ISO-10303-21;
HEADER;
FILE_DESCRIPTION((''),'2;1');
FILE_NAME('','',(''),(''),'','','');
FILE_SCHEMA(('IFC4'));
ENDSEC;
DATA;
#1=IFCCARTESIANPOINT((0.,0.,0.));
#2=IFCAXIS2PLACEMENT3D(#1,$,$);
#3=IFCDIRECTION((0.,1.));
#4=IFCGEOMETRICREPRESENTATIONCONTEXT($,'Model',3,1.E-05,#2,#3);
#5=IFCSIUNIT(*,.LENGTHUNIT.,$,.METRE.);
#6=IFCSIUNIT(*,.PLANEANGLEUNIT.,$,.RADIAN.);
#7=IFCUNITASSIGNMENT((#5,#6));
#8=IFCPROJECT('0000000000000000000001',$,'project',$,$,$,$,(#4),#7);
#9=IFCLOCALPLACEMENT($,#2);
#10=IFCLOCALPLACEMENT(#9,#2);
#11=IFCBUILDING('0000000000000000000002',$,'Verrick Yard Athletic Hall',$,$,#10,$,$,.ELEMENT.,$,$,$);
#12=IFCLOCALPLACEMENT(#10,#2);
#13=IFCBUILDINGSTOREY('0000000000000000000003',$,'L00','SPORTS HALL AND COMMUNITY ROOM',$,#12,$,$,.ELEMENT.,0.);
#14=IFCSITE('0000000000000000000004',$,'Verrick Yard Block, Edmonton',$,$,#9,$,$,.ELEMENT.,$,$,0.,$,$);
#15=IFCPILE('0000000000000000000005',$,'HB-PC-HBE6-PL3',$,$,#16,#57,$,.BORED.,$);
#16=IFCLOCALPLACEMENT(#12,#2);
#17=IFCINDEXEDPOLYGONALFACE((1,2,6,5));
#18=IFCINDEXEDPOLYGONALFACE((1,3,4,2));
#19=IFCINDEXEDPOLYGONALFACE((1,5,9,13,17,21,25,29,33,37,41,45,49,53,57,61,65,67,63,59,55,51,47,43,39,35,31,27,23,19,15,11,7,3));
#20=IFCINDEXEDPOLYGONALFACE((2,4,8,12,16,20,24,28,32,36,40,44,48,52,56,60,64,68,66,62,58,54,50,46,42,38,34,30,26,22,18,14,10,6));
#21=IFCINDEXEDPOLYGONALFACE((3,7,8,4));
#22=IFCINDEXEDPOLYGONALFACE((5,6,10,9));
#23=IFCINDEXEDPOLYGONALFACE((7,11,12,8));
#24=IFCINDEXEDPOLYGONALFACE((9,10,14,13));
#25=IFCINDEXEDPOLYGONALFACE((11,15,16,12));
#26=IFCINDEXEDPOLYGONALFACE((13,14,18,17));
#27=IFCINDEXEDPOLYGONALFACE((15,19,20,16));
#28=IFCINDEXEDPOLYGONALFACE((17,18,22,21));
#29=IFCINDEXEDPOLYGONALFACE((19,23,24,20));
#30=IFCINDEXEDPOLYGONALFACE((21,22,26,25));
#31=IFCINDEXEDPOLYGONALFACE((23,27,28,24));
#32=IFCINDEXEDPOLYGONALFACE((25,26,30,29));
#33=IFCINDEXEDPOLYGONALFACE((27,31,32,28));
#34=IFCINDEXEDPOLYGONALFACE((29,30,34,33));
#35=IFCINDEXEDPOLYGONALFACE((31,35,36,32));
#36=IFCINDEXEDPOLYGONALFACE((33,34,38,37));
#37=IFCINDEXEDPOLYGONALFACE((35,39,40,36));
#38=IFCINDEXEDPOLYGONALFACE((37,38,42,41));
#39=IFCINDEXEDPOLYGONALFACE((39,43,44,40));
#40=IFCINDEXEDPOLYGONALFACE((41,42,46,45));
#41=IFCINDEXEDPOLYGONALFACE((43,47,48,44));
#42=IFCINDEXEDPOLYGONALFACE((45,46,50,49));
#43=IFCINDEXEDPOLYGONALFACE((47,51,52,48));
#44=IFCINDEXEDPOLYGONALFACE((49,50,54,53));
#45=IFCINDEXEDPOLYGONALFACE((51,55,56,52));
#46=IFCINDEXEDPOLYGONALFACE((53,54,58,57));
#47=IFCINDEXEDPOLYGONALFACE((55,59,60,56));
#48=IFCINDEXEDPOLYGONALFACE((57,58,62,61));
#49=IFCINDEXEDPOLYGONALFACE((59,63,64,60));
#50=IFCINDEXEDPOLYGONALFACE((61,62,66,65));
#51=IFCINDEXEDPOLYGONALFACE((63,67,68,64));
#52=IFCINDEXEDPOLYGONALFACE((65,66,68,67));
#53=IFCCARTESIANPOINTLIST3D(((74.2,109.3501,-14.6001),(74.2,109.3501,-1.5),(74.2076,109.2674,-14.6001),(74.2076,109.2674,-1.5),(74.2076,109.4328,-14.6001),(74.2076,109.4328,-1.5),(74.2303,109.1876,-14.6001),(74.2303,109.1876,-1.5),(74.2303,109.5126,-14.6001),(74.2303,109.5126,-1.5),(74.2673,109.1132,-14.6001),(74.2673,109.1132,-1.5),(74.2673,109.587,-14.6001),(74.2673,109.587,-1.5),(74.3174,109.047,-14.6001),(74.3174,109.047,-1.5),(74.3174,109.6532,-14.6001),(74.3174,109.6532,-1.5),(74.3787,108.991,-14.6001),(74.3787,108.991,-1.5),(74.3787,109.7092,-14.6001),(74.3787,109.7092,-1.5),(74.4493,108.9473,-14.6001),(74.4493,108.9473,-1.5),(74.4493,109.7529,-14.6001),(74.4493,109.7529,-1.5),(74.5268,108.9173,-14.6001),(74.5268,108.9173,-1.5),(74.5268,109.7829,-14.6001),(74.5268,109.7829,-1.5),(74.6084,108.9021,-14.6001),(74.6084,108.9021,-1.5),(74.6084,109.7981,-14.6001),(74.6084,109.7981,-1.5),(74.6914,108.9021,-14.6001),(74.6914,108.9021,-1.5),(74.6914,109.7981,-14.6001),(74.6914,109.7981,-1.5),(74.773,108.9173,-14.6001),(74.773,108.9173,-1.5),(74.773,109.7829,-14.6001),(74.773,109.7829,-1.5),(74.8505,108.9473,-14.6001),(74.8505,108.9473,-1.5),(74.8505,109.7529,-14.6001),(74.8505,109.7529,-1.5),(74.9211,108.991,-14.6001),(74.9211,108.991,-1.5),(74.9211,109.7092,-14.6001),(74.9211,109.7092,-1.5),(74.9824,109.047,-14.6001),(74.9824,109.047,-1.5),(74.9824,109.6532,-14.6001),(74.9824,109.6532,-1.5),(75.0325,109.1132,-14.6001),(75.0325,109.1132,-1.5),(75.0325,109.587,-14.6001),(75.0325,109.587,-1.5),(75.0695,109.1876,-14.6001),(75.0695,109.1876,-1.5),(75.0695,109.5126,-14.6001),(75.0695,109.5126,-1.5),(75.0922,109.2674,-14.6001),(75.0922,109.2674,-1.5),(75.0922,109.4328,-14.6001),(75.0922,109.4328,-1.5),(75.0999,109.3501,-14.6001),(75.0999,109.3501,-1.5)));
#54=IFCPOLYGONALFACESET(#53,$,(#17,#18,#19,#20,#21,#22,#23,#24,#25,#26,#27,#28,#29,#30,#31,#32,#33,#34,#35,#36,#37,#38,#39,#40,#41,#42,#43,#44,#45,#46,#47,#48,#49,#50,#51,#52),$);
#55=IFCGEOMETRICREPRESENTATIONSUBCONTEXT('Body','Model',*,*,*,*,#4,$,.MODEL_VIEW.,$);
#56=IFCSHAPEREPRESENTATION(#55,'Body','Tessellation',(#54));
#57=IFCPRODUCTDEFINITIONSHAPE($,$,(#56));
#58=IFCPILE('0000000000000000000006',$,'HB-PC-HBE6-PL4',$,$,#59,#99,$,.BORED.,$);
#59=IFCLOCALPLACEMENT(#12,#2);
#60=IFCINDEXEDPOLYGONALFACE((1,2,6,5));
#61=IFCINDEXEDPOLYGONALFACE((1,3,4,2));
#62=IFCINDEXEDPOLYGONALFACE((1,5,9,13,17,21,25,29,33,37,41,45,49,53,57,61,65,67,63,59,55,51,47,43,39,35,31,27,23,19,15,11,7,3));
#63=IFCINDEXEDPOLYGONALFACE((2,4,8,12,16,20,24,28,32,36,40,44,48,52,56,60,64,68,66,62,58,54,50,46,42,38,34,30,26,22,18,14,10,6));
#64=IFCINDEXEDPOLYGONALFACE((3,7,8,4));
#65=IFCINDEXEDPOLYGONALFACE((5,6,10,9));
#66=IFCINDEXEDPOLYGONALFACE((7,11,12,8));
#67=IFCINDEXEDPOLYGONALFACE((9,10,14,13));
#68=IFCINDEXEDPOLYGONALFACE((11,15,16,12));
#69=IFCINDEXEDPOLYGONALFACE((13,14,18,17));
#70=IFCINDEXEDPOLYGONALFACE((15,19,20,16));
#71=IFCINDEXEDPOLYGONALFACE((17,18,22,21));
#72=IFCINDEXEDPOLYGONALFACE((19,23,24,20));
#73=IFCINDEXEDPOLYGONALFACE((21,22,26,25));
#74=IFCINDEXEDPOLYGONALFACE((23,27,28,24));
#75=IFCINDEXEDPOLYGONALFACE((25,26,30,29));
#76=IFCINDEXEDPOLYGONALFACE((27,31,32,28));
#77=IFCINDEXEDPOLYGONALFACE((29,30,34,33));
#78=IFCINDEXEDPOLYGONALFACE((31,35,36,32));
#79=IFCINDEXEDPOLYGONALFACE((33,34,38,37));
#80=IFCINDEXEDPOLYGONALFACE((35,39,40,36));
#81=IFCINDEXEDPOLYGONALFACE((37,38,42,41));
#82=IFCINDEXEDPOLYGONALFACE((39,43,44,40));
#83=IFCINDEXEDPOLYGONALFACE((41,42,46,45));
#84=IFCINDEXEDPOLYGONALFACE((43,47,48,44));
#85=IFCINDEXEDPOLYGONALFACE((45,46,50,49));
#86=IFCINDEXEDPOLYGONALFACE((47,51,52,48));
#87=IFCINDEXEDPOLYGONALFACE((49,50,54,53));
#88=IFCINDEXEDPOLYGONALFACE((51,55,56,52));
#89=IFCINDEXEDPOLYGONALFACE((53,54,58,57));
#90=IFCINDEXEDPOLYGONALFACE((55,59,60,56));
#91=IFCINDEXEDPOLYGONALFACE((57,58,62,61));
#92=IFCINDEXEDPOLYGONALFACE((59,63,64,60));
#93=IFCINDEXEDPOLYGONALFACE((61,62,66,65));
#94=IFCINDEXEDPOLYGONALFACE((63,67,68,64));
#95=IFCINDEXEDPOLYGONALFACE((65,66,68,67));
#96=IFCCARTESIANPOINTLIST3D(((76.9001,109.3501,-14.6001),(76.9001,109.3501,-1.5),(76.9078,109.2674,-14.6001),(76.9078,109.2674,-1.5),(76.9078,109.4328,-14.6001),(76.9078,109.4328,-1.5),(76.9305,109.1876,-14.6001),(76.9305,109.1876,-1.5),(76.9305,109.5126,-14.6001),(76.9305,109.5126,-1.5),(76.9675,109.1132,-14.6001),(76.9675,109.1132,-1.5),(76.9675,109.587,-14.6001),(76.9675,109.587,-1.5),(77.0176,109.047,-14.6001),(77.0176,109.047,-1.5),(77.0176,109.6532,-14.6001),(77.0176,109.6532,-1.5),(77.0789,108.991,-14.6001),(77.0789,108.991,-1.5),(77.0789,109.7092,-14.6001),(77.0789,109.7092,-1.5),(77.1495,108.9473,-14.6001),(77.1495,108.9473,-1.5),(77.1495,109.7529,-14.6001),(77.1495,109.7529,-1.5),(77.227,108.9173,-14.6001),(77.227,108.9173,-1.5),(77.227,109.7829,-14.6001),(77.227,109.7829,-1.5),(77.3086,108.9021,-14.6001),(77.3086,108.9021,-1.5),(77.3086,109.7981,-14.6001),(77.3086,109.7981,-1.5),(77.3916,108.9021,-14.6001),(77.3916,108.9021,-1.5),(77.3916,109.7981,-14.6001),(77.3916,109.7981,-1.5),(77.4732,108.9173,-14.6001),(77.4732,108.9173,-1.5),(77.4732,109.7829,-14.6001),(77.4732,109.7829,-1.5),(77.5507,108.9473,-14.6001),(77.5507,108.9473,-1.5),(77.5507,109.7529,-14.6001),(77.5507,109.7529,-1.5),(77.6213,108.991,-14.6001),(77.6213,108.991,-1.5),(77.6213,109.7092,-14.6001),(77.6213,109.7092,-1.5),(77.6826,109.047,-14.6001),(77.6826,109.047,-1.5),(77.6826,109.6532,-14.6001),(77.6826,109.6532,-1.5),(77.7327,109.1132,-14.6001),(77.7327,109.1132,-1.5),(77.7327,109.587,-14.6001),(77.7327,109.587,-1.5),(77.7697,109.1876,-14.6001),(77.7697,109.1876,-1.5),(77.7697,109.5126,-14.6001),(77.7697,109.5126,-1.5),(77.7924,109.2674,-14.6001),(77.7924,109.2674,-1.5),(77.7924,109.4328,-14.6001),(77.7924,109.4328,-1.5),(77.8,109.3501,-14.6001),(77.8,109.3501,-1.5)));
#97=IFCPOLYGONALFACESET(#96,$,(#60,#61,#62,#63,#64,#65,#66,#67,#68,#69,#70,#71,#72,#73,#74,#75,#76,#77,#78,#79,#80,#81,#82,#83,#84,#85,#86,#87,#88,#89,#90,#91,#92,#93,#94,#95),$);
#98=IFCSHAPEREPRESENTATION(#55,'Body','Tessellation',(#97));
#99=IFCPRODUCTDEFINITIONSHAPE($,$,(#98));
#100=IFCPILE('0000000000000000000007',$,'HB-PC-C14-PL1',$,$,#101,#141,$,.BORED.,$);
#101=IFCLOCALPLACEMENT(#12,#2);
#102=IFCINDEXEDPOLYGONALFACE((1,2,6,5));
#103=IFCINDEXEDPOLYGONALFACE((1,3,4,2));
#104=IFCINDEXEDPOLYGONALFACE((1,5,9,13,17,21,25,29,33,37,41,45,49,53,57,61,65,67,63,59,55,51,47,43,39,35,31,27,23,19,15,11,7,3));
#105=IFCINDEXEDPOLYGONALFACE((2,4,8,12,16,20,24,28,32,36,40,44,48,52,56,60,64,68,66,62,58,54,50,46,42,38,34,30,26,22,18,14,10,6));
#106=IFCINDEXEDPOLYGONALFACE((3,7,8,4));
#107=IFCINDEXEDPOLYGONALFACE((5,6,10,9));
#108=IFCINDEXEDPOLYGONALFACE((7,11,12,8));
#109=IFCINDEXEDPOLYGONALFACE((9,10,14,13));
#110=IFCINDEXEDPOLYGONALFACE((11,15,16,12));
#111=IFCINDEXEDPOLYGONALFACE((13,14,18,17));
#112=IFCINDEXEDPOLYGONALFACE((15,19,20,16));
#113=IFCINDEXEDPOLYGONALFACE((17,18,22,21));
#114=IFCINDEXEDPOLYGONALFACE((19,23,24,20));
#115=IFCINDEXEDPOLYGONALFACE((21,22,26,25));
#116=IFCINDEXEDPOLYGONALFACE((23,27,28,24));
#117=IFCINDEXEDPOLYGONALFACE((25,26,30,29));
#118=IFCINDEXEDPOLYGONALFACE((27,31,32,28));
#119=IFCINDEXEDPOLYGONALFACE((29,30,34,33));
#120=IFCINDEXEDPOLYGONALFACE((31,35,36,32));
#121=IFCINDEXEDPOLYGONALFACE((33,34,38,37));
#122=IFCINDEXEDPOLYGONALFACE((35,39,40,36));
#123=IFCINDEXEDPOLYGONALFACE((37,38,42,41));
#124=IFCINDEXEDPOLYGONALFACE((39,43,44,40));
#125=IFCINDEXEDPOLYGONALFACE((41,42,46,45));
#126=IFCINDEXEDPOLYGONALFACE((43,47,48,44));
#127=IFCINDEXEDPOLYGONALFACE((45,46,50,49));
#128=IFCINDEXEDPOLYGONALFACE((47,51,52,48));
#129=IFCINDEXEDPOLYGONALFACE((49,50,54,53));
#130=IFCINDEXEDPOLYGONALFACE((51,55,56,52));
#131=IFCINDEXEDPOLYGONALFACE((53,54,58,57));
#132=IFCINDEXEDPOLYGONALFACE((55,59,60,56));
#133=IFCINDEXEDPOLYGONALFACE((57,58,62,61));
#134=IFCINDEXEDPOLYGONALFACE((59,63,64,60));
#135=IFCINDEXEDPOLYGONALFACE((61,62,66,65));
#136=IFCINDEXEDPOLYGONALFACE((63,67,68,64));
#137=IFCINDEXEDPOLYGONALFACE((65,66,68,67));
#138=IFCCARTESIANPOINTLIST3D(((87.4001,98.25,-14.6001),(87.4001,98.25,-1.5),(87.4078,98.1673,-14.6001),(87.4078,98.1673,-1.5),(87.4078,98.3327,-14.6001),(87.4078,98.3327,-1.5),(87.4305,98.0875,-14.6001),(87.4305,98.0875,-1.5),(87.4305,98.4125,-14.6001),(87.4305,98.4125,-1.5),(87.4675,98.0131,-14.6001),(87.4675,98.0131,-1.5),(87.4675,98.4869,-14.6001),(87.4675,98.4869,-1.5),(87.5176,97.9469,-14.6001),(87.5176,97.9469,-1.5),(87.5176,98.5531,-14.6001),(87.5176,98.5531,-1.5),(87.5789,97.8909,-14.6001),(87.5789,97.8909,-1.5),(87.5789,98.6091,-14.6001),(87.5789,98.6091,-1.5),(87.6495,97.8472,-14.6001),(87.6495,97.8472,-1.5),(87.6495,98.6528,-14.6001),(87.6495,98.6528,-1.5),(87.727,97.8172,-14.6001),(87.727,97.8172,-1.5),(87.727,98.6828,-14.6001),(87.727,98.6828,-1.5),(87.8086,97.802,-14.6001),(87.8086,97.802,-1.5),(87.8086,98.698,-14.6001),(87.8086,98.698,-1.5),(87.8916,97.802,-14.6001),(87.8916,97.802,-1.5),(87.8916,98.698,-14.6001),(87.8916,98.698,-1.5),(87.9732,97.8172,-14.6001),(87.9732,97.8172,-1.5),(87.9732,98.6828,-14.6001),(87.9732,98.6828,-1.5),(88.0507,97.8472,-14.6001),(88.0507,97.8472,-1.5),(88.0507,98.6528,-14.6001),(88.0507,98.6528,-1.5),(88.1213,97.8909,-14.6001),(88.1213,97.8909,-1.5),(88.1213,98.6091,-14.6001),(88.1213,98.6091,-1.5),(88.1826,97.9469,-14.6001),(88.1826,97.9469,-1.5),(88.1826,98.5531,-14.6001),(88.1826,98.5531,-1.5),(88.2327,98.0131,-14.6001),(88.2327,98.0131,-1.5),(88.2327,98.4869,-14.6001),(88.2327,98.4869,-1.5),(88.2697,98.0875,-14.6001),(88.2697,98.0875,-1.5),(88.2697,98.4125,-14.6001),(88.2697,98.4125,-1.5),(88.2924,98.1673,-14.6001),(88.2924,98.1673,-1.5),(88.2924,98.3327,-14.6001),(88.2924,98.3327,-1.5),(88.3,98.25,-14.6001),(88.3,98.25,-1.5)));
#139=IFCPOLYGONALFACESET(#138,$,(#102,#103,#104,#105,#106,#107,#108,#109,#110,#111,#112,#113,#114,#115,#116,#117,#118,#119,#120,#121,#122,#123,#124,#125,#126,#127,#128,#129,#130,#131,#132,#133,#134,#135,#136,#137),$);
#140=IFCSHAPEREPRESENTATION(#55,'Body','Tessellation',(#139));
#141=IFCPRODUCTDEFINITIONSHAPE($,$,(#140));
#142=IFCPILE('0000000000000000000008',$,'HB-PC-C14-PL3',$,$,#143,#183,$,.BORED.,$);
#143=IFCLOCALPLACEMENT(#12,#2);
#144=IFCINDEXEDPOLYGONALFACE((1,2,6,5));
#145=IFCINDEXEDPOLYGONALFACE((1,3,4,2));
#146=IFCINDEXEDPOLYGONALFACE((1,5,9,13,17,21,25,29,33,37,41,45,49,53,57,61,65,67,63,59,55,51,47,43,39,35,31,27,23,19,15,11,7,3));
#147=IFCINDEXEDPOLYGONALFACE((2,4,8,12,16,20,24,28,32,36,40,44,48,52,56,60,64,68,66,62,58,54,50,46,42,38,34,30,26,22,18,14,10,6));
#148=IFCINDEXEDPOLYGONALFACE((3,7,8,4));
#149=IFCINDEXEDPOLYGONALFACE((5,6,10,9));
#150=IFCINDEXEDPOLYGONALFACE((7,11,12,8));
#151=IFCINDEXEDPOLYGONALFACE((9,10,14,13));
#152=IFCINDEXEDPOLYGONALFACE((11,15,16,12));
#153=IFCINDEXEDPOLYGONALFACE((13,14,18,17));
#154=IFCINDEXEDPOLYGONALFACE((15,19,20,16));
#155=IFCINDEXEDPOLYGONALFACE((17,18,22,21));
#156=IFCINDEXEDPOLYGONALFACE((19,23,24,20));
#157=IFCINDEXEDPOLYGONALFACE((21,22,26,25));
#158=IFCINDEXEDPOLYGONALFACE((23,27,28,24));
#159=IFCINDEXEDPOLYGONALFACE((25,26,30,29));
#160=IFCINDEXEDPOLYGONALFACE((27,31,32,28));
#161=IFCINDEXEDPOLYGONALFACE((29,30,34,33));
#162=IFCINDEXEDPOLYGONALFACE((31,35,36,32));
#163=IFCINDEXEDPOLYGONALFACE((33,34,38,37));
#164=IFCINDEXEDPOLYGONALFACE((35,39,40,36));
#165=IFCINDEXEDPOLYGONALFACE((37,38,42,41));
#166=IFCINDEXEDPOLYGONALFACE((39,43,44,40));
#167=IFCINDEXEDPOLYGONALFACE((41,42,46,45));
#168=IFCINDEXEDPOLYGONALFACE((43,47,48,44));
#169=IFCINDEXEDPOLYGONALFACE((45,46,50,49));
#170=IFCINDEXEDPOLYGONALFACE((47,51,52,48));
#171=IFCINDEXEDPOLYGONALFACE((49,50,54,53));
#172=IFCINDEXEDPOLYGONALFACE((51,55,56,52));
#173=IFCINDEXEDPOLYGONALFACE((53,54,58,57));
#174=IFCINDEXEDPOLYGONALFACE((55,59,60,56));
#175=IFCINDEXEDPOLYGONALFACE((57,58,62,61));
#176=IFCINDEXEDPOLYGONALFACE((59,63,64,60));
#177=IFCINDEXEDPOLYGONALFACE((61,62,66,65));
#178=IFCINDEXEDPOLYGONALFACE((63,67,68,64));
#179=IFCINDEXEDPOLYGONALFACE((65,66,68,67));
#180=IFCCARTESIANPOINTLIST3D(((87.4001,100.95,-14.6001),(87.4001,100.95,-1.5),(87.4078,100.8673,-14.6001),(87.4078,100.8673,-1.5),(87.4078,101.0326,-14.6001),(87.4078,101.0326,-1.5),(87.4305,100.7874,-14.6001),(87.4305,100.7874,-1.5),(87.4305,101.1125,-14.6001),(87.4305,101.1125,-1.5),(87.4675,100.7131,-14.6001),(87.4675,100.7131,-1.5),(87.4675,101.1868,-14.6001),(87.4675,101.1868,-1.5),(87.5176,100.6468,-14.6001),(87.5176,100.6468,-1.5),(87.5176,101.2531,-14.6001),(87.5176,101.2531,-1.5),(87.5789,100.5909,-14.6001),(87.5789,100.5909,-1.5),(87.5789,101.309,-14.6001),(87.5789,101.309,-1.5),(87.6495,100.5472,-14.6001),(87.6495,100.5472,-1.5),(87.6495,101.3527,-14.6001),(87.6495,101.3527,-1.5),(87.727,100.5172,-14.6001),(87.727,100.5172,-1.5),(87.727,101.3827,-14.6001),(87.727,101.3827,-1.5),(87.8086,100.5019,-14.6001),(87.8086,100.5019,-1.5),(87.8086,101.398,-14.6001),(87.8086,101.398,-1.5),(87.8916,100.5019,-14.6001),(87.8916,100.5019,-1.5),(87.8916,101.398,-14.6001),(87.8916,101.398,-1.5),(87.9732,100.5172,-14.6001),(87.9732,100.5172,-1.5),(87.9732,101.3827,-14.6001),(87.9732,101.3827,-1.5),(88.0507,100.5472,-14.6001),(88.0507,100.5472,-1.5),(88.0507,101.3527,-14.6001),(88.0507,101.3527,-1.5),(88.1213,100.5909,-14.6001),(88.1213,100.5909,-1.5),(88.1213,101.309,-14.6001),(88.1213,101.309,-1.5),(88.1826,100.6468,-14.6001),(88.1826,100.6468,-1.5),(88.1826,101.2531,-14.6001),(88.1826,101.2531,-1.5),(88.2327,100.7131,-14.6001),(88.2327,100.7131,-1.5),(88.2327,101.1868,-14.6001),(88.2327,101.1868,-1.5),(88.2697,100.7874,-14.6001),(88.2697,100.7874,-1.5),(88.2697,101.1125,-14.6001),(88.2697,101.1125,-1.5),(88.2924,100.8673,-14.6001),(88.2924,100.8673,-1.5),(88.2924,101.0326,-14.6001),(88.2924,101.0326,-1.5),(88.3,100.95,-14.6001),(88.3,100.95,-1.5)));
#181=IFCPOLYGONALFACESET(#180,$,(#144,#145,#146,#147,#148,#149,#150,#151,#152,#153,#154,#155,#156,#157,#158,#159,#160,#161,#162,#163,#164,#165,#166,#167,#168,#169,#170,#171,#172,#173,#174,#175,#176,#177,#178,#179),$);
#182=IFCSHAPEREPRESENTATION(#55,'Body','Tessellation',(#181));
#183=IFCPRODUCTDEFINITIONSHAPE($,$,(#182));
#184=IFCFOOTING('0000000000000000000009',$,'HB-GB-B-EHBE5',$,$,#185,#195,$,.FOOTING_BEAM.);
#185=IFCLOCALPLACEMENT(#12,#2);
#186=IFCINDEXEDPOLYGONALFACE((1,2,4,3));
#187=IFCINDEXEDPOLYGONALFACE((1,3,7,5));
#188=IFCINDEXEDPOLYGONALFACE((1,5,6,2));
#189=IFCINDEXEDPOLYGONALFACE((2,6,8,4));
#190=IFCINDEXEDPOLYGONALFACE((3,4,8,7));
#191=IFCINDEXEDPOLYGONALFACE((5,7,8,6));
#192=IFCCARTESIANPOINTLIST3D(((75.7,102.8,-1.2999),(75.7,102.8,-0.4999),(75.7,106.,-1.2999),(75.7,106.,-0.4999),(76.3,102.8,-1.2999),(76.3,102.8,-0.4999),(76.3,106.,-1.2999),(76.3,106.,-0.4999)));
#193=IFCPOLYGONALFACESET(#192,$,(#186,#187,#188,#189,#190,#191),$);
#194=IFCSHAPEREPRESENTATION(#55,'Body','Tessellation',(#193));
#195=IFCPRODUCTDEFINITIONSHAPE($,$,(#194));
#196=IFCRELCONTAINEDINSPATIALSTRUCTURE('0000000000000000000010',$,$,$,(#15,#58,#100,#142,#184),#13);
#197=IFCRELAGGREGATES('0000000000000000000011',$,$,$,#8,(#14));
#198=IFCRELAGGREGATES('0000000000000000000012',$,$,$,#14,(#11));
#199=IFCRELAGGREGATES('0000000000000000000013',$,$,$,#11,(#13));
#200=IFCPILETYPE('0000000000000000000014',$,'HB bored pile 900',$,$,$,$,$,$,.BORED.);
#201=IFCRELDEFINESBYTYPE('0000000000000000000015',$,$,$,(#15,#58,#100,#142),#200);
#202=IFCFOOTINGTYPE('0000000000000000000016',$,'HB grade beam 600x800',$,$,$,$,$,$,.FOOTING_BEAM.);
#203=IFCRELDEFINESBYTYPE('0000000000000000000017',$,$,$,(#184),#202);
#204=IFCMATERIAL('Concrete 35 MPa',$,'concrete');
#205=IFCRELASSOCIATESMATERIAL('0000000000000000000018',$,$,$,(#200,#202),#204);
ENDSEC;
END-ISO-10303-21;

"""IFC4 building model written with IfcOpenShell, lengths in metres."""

from ifc_helpers import new_model, si_unit, direction, frame, origin, origin_2d, place, context, subcontext, project, spatial, rectangle, circle, extrude, material, material_profile, profile_set, type_object, element, save


model = new_model("IFC4")

# Units and contexts
model_context = context("Model", 3, precision=1e-05, world=origin(), true_north=direction((0.0, 1.0)))
body_context = subcontext(model_context, "Body", "Model", "MODEL_VIEW")
ifc_project = project(units=[si_unit("LENGTHUNIT", "METRE"), si_unit("PLANEANGLEUNIT", "RADIAN")], contexts=[model_context])

# Site, building, storey
site_placement = place(None, origin())
site = spatial("IfcSite", under=ifc_project, at=site_placement, Name="Verrick Yard Block, Edmonton", CompositionType="ELEMENT", RefElevation=0.0)
building_placement = place(site_placement, origin())
building = spatial("IfcBuilding", under=site, at=building_placement, Name="Verrick Yard Athletic Hall", CompositionType="ELEMENT")
storey_placement = place(building_placement, origin())
storey = spatial("IfcBuildingStorey", under=building, at=storey_placement, Name="L00", Description="SPORTS HALL AND COMMUNITY ROOM", CompositionType="ELEMENT", Elevation=0.0)

# Piles
ifc_material_1 = material(Name="Concrete 35 MPa", Category="concrete")
ifc_material_profile_1 = material_profile(ifc_material_1, circle(Radius=0.45, at=origin_2d()), Name="Bored pile 900")
ifc_profile_set_1 = profile_set([ifc_material_profile_1], Name="Concrete 35 MPa")
pile_type = type_object("IfcPileType", Name="HB bored pile 900", PredefinedType="BORED", material=ifc_profile_set_1)
for number, where, z_axis, x_axis, name in (
    (1, (74.6499, 109.3501, -1.5), (0.0, 0.0, -1.0), (1.0, 0.0, 0.0), "HB-PC-HBE6-PL3"),
    (2, (77.3501, 109.3501, -1.5), (0.0, 0.0, -1.0), (1.0, 0.0, 0.0), "HB-PC-HBE6-PL4"),
    (3, (87.8501, 98.25, -1.5), (0.0, 0.0, -1.0), (1.0, 0.0, 0.0), "HB-PC-C14-PL1"),
    (4, (87.8501, 100.95, -1.5), (0.0, 0.0, -1.0), (1.0, 0.0, 0.0), "HB-PC-C14-PL3"),
):
    element("IfcPile", number, at=place(storey_placement, frame(where, z_axis=z_axis, x_axis=x_axis)), inside=storey, type_object=pile_type, Name=name, PredefinedType="BORED", context=body_context, shape_type="SweptSolid", body=[
        extrude(circle(Radius=0.45, at=origin_2d()), origin(), (0.0, 0.0, 1.0), 13.1001),
    ])

# Footing
ifc_material_profile_2 = material_profile(ifc_material_1, rectangle(XDim=0.6001, YDim=0.8, at=origin_2d()), Name="Grade beam 600x800")
ifc_profile_set_2 = profile_set([ifc_material_profile_2], Name="Concrete 35 MPa")
footing_type = type_object("IfcFootingType", Name="HB grade beam 600x800", PredefinedType="FOOTING_BEAM", material=ifc_profile_set_2)
footing_placement = place(storey_placement, frame((76.0, 102.8, -0.8999), z_axis=(0.0, 1.0, 0.0), x_axis=(-1.0, 0.0, 0.0)))
element("IfcFooting", 5, at=footing_placement, inside=storey, type_object=footing_type, Name="HB-GB-B-EHBE5", PredefinedType="FOOTING_BEAM", context=body_context, shape_type="SweptSolid", body=[
    extrude(rectangle(XDim=0.6001, YDim=0.8, at=origin_2d()), origin(), (0.0, 0.0, 1.0), 3.2),
])

save(model, "model.ifc")
